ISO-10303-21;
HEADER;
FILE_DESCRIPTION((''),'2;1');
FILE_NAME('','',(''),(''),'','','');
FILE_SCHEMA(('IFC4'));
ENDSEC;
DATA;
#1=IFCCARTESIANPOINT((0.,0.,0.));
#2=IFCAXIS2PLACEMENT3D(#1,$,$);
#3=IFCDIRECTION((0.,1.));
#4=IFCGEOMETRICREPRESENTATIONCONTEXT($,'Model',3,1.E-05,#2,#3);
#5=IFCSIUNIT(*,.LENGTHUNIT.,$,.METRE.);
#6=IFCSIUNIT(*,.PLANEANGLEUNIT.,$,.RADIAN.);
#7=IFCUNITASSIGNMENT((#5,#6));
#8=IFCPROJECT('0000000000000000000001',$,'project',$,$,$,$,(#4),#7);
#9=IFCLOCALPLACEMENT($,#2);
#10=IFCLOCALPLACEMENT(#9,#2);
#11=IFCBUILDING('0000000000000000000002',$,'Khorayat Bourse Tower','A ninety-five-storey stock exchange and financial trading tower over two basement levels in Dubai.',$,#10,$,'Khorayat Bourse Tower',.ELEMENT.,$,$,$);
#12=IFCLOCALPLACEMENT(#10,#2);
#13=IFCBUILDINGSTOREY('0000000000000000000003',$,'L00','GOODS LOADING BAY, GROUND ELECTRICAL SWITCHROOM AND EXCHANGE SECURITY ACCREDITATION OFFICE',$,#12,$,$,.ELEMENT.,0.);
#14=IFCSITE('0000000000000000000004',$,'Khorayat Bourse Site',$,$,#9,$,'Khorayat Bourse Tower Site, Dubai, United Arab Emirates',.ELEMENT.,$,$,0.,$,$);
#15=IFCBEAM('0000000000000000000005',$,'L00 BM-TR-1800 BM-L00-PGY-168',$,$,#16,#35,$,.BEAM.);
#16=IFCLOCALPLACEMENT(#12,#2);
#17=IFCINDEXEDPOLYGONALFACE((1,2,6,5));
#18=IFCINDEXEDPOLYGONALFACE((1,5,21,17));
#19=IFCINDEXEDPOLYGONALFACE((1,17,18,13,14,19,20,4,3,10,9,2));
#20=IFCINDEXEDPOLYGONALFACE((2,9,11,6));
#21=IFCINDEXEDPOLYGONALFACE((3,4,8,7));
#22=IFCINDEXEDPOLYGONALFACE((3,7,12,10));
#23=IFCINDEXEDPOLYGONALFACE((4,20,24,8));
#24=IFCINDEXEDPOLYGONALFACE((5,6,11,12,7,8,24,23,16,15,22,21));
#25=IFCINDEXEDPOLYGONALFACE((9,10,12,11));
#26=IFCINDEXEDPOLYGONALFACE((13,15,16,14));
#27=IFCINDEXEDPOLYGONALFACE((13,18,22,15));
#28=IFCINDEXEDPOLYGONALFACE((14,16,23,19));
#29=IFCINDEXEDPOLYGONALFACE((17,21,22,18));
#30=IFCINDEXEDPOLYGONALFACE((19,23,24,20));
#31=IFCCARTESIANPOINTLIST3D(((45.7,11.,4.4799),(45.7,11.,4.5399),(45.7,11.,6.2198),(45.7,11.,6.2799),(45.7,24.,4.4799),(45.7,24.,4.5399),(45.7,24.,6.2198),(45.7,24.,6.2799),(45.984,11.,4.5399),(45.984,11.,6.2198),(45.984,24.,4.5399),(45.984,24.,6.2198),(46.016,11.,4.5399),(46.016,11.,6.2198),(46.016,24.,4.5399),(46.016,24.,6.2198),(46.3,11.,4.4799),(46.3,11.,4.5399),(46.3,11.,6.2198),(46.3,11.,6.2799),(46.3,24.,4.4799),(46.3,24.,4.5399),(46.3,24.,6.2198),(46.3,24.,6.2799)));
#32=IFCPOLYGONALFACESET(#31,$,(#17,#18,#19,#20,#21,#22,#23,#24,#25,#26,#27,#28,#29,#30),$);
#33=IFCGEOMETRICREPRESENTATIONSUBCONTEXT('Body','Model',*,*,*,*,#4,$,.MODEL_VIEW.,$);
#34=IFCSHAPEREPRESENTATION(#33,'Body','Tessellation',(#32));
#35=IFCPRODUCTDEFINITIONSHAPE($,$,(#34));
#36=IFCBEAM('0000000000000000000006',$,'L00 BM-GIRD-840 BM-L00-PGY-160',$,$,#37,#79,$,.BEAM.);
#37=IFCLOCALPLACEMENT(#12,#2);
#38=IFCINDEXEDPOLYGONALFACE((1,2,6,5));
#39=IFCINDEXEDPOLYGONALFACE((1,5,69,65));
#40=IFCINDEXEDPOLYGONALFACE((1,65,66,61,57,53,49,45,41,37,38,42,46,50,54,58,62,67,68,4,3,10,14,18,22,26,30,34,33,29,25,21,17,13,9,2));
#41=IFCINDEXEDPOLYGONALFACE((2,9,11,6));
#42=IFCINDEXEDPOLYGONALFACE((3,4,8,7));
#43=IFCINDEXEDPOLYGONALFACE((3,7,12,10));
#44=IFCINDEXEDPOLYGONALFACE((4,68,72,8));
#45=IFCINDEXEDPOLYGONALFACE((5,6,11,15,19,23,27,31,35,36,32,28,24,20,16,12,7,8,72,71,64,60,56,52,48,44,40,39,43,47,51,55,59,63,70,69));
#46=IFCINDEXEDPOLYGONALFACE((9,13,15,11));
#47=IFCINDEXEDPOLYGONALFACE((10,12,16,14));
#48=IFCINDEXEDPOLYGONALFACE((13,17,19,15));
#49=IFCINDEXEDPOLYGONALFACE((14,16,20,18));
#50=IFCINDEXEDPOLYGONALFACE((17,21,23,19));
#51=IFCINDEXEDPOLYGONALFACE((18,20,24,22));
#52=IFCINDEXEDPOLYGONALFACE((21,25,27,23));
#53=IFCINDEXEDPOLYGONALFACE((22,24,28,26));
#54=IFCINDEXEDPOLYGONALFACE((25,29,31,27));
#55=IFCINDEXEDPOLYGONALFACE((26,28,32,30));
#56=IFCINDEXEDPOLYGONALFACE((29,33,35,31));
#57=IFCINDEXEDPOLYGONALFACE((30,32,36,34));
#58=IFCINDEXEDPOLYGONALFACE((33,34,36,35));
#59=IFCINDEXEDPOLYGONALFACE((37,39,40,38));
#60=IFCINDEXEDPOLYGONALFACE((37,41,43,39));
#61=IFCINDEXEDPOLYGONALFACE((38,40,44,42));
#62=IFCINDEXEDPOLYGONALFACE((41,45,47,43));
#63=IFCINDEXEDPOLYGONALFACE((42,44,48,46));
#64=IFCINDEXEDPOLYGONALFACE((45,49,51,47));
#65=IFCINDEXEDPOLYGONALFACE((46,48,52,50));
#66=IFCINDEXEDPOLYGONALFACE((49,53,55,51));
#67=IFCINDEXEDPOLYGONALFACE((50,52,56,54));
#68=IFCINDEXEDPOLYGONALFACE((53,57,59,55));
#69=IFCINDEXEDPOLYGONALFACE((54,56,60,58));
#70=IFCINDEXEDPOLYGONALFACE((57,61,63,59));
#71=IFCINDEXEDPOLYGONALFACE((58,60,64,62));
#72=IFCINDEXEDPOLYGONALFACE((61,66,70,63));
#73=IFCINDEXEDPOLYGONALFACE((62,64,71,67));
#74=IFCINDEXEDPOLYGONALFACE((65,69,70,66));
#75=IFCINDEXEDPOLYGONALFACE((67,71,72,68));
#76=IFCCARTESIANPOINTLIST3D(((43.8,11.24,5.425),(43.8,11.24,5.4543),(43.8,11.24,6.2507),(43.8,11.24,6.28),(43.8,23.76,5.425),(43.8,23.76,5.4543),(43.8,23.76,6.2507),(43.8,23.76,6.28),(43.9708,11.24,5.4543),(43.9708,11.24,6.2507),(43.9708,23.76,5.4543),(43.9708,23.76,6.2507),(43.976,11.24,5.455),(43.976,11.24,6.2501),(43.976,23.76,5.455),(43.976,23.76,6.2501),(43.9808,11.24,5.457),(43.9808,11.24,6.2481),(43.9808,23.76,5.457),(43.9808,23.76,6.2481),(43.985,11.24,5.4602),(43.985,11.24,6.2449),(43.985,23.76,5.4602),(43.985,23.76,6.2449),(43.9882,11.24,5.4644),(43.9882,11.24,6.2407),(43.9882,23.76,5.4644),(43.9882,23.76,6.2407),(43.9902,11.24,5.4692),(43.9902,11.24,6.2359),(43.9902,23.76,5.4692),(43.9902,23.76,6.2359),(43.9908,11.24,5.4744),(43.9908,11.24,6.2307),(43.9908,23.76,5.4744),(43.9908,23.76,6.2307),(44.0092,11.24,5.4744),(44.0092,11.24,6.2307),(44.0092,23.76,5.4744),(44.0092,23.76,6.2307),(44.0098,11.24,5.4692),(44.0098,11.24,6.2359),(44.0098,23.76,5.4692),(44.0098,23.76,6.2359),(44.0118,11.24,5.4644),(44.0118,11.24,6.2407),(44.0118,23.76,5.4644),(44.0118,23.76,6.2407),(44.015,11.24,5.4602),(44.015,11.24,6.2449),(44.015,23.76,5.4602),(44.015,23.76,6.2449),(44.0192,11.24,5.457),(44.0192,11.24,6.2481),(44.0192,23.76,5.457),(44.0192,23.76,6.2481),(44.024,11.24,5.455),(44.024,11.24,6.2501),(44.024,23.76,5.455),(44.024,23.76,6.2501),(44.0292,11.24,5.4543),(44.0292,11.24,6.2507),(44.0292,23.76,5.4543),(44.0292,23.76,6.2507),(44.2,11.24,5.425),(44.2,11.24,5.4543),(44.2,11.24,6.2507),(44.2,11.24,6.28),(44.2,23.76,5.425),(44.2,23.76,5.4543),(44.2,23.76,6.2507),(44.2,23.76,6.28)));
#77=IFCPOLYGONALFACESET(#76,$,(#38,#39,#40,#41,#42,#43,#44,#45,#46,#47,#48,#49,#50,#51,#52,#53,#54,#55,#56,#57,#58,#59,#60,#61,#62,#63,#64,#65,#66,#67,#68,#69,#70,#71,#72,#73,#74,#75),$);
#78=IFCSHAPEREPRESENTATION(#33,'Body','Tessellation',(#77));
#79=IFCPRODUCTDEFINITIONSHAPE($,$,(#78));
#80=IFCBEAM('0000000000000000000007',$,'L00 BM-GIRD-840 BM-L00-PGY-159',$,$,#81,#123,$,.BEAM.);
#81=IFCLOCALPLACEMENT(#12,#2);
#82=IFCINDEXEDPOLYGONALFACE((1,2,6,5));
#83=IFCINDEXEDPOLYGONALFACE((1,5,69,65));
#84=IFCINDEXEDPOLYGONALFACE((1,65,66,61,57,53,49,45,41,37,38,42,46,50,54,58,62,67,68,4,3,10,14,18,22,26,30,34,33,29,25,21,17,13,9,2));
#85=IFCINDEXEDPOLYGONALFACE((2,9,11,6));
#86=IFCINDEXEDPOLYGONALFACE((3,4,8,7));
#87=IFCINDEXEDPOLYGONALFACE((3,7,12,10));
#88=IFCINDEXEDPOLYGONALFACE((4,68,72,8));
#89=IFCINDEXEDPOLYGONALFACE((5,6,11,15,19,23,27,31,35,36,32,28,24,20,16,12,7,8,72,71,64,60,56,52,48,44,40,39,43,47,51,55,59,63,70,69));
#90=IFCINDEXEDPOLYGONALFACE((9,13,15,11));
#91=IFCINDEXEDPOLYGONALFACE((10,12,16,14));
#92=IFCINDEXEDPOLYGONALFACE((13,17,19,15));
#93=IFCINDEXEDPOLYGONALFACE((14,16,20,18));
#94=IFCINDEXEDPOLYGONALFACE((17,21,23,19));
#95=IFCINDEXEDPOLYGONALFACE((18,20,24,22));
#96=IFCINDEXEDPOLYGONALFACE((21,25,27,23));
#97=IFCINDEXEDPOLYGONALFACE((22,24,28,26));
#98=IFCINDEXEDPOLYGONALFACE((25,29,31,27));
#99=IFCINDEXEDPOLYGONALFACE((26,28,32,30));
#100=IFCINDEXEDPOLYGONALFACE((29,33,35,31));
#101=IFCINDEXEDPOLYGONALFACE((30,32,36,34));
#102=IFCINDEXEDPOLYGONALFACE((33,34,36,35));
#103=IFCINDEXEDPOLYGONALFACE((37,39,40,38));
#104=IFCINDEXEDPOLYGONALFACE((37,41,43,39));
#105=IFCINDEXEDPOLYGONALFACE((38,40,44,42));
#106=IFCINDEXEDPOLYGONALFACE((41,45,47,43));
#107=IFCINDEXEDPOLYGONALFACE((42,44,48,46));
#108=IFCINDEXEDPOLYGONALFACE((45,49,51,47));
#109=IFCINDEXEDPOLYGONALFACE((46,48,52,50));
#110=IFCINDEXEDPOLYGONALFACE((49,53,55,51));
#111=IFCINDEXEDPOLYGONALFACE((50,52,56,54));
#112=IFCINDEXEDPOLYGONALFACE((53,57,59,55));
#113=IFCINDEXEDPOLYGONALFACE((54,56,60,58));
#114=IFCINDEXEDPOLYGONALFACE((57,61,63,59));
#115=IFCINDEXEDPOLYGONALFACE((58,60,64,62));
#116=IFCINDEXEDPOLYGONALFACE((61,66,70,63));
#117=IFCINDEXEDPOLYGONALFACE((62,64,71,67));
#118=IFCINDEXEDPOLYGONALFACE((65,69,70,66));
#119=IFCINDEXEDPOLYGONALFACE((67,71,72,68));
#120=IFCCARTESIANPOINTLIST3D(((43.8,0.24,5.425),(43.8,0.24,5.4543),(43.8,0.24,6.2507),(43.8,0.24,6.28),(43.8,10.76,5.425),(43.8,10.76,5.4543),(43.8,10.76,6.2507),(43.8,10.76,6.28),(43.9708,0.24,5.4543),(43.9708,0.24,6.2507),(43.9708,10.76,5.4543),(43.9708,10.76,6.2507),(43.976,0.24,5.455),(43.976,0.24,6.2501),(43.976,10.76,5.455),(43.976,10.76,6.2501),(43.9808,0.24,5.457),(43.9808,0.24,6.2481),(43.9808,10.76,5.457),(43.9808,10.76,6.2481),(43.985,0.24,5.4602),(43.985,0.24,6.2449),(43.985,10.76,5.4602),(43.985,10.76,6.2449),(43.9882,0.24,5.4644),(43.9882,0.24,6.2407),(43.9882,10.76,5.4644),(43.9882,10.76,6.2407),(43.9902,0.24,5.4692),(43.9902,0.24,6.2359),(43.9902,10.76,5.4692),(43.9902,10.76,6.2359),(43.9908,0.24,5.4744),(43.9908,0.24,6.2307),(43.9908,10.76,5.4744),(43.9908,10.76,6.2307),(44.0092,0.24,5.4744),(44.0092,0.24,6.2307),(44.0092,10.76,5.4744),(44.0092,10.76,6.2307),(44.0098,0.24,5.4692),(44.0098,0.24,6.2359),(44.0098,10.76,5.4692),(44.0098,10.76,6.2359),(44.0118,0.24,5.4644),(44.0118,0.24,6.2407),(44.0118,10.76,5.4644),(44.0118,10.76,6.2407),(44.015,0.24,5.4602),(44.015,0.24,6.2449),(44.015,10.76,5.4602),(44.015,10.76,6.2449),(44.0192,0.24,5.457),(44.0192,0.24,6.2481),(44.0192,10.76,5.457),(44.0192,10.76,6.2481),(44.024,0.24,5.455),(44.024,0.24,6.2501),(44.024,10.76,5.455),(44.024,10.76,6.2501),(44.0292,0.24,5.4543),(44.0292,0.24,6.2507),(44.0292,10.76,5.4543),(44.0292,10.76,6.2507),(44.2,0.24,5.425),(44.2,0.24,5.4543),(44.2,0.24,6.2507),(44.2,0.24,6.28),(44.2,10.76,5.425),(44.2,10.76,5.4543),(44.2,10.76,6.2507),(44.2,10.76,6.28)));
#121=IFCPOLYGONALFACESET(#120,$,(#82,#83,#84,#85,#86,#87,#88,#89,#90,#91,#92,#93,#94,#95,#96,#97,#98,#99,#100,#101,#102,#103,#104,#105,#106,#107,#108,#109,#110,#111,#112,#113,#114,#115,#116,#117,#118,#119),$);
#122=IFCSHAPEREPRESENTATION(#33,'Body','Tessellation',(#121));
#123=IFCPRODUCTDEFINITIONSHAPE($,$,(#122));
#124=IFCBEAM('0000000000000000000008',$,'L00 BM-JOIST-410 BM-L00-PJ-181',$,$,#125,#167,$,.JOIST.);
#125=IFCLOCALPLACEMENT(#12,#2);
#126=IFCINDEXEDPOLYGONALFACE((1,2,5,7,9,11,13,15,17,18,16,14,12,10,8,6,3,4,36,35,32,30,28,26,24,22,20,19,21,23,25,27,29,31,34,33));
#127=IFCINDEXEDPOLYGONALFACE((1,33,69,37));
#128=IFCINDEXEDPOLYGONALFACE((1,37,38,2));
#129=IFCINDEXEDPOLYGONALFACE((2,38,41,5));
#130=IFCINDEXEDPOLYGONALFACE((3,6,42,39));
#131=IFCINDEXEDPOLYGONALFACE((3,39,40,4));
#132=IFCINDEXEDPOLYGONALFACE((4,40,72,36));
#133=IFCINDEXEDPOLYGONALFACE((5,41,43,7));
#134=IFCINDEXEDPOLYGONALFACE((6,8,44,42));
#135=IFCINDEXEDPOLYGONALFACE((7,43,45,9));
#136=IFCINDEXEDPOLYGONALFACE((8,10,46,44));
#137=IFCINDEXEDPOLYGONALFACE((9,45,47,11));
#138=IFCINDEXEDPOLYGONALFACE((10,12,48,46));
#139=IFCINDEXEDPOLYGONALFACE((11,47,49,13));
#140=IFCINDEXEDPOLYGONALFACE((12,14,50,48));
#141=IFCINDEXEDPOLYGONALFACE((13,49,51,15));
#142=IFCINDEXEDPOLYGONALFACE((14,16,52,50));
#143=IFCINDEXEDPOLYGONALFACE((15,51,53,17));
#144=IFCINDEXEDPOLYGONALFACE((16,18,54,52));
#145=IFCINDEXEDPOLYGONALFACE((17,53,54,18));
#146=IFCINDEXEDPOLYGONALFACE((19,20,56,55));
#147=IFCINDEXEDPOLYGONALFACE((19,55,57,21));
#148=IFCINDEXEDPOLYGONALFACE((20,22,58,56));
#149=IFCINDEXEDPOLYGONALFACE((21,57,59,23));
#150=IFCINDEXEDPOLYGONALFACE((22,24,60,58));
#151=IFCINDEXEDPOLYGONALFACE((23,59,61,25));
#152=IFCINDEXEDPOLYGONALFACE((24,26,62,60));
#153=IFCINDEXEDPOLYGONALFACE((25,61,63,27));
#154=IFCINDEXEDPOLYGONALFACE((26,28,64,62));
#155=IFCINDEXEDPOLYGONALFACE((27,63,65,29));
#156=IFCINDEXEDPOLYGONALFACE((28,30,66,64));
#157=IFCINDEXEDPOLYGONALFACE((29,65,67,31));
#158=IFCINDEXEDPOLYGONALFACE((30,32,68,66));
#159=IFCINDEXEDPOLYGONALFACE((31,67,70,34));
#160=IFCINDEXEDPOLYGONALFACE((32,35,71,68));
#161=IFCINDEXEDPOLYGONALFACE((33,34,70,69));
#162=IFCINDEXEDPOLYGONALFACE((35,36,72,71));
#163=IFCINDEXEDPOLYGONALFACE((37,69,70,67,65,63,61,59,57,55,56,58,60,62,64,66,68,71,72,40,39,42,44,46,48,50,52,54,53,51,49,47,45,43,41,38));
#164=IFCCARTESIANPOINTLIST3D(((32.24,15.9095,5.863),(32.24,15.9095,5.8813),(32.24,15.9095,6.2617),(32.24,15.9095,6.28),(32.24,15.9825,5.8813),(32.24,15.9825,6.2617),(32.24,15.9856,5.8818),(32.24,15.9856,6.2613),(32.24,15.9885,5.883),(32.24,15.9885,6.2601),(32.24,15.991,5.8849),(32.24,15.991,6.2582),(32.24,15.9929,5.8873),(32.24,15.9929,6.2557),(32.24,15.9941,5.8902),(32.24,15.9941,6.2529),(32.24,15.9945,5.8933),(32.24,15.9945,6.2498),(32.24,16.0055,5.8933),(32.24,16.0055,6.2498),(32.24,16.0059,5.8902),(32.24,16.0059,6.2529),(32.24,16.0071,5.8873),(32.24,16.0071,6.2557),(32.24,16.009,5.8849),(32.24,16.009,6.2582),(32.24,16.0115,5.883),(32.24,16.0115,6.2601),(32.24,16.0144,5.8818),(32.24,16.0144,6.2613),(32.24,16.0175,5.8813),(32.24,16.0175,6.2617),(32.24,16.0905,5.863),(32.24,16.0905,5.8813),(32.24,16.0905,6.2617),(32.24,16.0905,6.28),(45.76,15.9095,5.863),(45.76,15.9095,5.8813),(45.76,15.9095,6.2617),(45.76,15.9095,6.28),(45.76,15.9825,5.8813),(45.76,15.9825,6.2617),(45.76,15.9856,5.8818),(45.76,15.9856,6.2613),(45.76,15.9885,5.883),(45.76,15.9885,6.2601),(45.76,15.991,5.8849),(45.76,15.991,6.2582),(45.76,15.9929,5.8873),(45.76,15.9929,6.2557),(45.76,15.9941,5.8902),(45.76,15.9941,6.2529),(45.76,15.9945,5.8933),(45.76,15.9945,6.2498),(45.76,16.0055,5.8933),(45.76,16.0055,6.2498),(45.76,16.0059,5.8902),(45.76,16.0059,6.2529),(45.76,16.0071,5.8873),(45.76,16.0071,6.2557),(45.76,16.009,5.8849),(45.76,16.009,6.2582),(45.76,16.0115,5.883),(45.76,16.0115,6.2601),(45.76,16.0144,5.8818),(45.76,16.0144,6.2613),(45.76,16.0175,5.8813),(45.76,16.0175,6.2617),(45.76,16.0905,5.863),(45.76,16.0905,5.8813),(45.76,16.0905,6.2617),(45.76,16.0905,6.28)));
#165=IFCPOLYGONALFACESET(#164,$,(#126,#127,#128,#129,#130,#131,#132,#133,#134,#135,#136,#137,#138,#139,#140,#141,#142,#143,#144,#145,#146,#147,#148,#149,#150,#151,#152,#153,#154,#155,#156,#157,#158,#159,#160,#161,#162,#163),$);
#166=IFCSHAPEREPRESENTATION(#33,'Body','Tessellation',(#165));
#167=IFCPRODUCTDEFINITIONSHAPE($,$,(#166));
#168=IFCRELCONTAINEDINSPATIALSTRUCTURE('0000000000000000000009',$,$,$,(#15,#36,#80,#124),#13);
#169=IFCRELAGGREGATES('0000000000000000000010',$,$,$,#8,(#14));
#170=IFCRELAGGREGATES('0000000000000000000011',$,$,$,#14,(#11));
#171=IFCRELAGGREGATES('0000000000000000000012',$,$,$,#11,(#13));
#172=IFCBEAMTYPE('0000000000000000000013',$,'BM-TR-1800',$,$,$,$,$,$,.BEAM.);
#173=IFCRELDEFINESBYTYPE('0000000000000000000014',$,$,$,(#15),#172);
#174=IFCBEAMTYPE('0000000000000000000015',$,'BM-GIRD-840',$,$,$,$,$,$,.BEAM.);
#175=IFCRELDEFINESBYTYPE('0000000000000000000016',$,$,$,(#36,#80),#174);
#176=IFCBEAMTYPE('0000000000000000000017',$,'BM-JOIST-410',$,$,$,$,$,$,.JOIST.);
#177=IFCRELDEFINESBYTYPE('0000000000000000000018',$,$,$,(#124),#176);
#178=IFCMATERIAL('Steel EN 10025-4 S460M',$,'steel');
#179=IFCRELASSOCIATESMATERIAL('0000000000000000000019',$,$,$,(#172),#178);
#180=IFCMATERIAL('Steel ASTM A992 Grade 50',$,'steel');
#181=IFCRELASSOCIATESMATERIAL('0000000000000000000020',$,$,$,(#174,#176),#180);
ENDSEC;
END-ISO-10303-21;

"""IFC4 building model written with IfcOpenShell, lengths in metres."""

from ifc_helpers import new_model, si_unit, direction, frame, origin, origin_2d, place, context, subcontext, project, spatial, i_section, extrude, source, transform, mapped, material, material_profile, profile_set, type_object, element, save


model = new_model("IFC4")

# Units and contexts
model_context = context("Model", 3, precision=1e-05, world=origin(), true_north=direction((0.0, 1.0)))
body_context = subcontext(model_context, "Body", "Model", "MODEL_VIEW")
ifc_project = project(units=[si_unit("LENGTHUNIT", "METRE"), si_unit("PLANEANGLEUNIT", "RADIAN")], contexts=[model_context])

# Site, building, storey
site_placement = place(None, origin())
site = spatial("IfcSite", under=ifc_project, at=site_placement, Name="Khorayat Bourse Site", LongName="Khorayat Bourse Tower Site, Dubai, United Arab Emirates", CompositionType="ELEMENT", RefElevation=0.0)
building_placement = place(site_placement, origin())
building = spatial("IfcBuilding", under=site, at=building_placement, Name="Khorayat Bourse Tower", Description="A ninety-five-storey stock exchange and financial trading tower over two basement levels in Dubai.", LongName="Khorayat Bourse Tower", CompositionType="ELEMENT")
storey_placement = place(building_placement, origin())
storey = spatial("IfcBuildingStorey", under=building, at=storey_placement, Name="L00", Description="GOODS LOADING BAY, GROUND ELECTRICAL SWITCHROOM AND EXCHANGE SECURITY ACCREDITATION OFFICE", CompositionType="ELEMENT", Elevation=0.0)

# Beams
ifc_material_1 = material(Name="Steel EN 10025-4 S460M", Category="steel")
ifc_material_profile_1 = material_profile(ifc_material_1, i_section(OverallWidth=0.6001, OverallDepth=1.8, WebThickness=0.032, FlangeThickness=0.0601, at=origin_2d()), Name="PG 1800x600x32x60")
ifc_profile_set_1 = profile_set([ifc_material_profile_1], Name="Steel EN 10025-4 S460M")
beam_type_1 = type_object("IfcBeamType", Name="BM-TR-1800", PredefinedType="BEAM", material=ifc_profile_set_1)
shared_shape_1 = source(origin(), body_context, "Body", "SweptSolid", [
    extrude(i_section(OverallWidth=0.6001, OverallDepth=1.8, WebThickness=0.032, FlangeThickness=0.0601, at=origin_2d()), origin(), (0.0, 0.0, 1.0), 13.0),
])
for number, where, z_axis, x_axis, name in (
    (1, (46.0, 11.0, 5.3799), (0.0, 1.0, 0.0), (-1.0, 0.0, 0.0), "L00 BM-TR-1800 BM-L00-PGY-168"),
):
    element("IfcBeam", number, at=place(storey_placement, frame(where, z_axis=z_axis, x_axis=x_axis)), inside=storey, type_object=beam_type_1, Name=name, PredefinedType="BEAM", context=body_context, shape_type="MappedRepresentation", body=[
        mapped(shared_shape_1, transform((0.0, 0.0, 0.0), scale=1.0)),
    ])
ifc_material_2 = material(Name="Steel ASTM A992 Grade 50", Category="steel")
ifc_material_profile_2 = material_profile(ifc_material_2, i_section(OverallWidth=0.3999, OverallDepth=0.855, WebThickness=0.0183, FlangeThickness=0.0293, FilletRadius=0.02, at=origin_2d()), Name="W840X299")
ifc_profile_set_2 = profile_set([ifc_material_profile_2], Name="Steel ASTM A992 Grade 50")
beam_type_2 = type_object("IfcBeamType", Name="BM-GIRD-840", PredefinedType="BEAM", material=ifc_profile_set_2)
shared_shape_2 = source(origin(), body_context, "Body", "SweptSolid", [
    extrude(i_section(OverallWidth=0.3999, OverallDepth=0.855, WebThickness=0.0183, FlangeThickness=0.0293, FilletRadius=0.02, at=origin_2d()), origin(), (0.0, 0.0, 1.0), 12.52),
])
beam_1_placement = place(storey_placement, frame((44.0, 11.24, 5.8525), z_axis=(0.0, 1.0, 0.0), x_axis=(-1.0, 0.0, 0.0)))
element("IfcBeam", 2, at=beam_1_placement, inside=storey, type_object=beam_type_2, Name="L00 BM-GIRD-840 BM-L00-PGY-160", PredefinedType="BEAM", context=body_context, shape_type="MappedRepresentation", body=[
    mapped(shared_shape_2, transform((0.0, 0.0, 0.0), scale=1.0)),
])
shared_shape_3 = source(origin(), body_context, "Body", "SweptSolid", [
    extrude(i_section(OverallWidth=0.3999, OverallDepth=0.855, WebThickness=0.0183, FlangeThickness=0.0293, FilletRadius=0.02, at=origin_2d()), origin(), (0.0, 0.0, 1.0), 10.52),
])
beam_2_placement = place(storey_placement, frame((44.0, 0.24, 5.8525), z_axis=(0.0, 1.0, 0.0), x_axis=(-1.0, 0.0, 0.0)))
element("IfcBeam", 3, at=beam_2_placement, inside=storey, type_object=beam_type_2, Name="L00 BM-GIRD-840 BM-L00-PGY-159", PredefinedType="BEAM", context=body_context, shape_type="MappedRepresentation", body=[
    mapped(shared_shape_3, transform((0.0, 0.0, 0.0), scale=1.0)),
])
ifc_material_profile_3 = material_profile(ifc_material_2, i_section(OverallWidth=0.1809, OverallDepth=0.417, WebThickness=0.011, FlangeThickness=0.0183, FilletRadius=0.012, at=origin_2d()), Name="W410X85")
ifc_profile_set_3 = profile_set([ifc_material_profile_3], Name="Steel ASTM A992 Grade 50")
beam_type_3 = type_object("IfcBeamType", Name="BM-JOIST-410", PredefinedType="JOIST", material=ifc_profile_set_3)
shared_shape_4 = source(origin(), body_context, "Body", "SweptSolid", [
    extrude(i_section(OverallWidth=0.1809, OverallDepth=0.417, WebThickness=0.011, FlangeThickness=0.0183, FilletRadius=0.012, at=origin_2d()), origin(), (0.0, 0.0, 1.0), 13.52),
])
for number, where, z_axis, x_axis, name in (
    (4, (32.24, 16.0, 6.0715), (1.0, 0.0, 0.0), (0.0, 1.0, 0.0), "L00 BM-JOIST-410 BM-L00-PJ-181"),
):
    element("IfcBeam", number, at=place(storey_placement, frame(where, z_axis=z_axis, x_axis=x_axis)), inside=storey, type_object=beam_type_3, Name=name, PredefinedType="JOIST", context=body_context, shape_type="MappedRepresentation", body=[
        mapped(shared_shape_4, transform((0.0, 0.0, 0.0), scale=1.0)),
    ])

save(model, "model.ifc")
